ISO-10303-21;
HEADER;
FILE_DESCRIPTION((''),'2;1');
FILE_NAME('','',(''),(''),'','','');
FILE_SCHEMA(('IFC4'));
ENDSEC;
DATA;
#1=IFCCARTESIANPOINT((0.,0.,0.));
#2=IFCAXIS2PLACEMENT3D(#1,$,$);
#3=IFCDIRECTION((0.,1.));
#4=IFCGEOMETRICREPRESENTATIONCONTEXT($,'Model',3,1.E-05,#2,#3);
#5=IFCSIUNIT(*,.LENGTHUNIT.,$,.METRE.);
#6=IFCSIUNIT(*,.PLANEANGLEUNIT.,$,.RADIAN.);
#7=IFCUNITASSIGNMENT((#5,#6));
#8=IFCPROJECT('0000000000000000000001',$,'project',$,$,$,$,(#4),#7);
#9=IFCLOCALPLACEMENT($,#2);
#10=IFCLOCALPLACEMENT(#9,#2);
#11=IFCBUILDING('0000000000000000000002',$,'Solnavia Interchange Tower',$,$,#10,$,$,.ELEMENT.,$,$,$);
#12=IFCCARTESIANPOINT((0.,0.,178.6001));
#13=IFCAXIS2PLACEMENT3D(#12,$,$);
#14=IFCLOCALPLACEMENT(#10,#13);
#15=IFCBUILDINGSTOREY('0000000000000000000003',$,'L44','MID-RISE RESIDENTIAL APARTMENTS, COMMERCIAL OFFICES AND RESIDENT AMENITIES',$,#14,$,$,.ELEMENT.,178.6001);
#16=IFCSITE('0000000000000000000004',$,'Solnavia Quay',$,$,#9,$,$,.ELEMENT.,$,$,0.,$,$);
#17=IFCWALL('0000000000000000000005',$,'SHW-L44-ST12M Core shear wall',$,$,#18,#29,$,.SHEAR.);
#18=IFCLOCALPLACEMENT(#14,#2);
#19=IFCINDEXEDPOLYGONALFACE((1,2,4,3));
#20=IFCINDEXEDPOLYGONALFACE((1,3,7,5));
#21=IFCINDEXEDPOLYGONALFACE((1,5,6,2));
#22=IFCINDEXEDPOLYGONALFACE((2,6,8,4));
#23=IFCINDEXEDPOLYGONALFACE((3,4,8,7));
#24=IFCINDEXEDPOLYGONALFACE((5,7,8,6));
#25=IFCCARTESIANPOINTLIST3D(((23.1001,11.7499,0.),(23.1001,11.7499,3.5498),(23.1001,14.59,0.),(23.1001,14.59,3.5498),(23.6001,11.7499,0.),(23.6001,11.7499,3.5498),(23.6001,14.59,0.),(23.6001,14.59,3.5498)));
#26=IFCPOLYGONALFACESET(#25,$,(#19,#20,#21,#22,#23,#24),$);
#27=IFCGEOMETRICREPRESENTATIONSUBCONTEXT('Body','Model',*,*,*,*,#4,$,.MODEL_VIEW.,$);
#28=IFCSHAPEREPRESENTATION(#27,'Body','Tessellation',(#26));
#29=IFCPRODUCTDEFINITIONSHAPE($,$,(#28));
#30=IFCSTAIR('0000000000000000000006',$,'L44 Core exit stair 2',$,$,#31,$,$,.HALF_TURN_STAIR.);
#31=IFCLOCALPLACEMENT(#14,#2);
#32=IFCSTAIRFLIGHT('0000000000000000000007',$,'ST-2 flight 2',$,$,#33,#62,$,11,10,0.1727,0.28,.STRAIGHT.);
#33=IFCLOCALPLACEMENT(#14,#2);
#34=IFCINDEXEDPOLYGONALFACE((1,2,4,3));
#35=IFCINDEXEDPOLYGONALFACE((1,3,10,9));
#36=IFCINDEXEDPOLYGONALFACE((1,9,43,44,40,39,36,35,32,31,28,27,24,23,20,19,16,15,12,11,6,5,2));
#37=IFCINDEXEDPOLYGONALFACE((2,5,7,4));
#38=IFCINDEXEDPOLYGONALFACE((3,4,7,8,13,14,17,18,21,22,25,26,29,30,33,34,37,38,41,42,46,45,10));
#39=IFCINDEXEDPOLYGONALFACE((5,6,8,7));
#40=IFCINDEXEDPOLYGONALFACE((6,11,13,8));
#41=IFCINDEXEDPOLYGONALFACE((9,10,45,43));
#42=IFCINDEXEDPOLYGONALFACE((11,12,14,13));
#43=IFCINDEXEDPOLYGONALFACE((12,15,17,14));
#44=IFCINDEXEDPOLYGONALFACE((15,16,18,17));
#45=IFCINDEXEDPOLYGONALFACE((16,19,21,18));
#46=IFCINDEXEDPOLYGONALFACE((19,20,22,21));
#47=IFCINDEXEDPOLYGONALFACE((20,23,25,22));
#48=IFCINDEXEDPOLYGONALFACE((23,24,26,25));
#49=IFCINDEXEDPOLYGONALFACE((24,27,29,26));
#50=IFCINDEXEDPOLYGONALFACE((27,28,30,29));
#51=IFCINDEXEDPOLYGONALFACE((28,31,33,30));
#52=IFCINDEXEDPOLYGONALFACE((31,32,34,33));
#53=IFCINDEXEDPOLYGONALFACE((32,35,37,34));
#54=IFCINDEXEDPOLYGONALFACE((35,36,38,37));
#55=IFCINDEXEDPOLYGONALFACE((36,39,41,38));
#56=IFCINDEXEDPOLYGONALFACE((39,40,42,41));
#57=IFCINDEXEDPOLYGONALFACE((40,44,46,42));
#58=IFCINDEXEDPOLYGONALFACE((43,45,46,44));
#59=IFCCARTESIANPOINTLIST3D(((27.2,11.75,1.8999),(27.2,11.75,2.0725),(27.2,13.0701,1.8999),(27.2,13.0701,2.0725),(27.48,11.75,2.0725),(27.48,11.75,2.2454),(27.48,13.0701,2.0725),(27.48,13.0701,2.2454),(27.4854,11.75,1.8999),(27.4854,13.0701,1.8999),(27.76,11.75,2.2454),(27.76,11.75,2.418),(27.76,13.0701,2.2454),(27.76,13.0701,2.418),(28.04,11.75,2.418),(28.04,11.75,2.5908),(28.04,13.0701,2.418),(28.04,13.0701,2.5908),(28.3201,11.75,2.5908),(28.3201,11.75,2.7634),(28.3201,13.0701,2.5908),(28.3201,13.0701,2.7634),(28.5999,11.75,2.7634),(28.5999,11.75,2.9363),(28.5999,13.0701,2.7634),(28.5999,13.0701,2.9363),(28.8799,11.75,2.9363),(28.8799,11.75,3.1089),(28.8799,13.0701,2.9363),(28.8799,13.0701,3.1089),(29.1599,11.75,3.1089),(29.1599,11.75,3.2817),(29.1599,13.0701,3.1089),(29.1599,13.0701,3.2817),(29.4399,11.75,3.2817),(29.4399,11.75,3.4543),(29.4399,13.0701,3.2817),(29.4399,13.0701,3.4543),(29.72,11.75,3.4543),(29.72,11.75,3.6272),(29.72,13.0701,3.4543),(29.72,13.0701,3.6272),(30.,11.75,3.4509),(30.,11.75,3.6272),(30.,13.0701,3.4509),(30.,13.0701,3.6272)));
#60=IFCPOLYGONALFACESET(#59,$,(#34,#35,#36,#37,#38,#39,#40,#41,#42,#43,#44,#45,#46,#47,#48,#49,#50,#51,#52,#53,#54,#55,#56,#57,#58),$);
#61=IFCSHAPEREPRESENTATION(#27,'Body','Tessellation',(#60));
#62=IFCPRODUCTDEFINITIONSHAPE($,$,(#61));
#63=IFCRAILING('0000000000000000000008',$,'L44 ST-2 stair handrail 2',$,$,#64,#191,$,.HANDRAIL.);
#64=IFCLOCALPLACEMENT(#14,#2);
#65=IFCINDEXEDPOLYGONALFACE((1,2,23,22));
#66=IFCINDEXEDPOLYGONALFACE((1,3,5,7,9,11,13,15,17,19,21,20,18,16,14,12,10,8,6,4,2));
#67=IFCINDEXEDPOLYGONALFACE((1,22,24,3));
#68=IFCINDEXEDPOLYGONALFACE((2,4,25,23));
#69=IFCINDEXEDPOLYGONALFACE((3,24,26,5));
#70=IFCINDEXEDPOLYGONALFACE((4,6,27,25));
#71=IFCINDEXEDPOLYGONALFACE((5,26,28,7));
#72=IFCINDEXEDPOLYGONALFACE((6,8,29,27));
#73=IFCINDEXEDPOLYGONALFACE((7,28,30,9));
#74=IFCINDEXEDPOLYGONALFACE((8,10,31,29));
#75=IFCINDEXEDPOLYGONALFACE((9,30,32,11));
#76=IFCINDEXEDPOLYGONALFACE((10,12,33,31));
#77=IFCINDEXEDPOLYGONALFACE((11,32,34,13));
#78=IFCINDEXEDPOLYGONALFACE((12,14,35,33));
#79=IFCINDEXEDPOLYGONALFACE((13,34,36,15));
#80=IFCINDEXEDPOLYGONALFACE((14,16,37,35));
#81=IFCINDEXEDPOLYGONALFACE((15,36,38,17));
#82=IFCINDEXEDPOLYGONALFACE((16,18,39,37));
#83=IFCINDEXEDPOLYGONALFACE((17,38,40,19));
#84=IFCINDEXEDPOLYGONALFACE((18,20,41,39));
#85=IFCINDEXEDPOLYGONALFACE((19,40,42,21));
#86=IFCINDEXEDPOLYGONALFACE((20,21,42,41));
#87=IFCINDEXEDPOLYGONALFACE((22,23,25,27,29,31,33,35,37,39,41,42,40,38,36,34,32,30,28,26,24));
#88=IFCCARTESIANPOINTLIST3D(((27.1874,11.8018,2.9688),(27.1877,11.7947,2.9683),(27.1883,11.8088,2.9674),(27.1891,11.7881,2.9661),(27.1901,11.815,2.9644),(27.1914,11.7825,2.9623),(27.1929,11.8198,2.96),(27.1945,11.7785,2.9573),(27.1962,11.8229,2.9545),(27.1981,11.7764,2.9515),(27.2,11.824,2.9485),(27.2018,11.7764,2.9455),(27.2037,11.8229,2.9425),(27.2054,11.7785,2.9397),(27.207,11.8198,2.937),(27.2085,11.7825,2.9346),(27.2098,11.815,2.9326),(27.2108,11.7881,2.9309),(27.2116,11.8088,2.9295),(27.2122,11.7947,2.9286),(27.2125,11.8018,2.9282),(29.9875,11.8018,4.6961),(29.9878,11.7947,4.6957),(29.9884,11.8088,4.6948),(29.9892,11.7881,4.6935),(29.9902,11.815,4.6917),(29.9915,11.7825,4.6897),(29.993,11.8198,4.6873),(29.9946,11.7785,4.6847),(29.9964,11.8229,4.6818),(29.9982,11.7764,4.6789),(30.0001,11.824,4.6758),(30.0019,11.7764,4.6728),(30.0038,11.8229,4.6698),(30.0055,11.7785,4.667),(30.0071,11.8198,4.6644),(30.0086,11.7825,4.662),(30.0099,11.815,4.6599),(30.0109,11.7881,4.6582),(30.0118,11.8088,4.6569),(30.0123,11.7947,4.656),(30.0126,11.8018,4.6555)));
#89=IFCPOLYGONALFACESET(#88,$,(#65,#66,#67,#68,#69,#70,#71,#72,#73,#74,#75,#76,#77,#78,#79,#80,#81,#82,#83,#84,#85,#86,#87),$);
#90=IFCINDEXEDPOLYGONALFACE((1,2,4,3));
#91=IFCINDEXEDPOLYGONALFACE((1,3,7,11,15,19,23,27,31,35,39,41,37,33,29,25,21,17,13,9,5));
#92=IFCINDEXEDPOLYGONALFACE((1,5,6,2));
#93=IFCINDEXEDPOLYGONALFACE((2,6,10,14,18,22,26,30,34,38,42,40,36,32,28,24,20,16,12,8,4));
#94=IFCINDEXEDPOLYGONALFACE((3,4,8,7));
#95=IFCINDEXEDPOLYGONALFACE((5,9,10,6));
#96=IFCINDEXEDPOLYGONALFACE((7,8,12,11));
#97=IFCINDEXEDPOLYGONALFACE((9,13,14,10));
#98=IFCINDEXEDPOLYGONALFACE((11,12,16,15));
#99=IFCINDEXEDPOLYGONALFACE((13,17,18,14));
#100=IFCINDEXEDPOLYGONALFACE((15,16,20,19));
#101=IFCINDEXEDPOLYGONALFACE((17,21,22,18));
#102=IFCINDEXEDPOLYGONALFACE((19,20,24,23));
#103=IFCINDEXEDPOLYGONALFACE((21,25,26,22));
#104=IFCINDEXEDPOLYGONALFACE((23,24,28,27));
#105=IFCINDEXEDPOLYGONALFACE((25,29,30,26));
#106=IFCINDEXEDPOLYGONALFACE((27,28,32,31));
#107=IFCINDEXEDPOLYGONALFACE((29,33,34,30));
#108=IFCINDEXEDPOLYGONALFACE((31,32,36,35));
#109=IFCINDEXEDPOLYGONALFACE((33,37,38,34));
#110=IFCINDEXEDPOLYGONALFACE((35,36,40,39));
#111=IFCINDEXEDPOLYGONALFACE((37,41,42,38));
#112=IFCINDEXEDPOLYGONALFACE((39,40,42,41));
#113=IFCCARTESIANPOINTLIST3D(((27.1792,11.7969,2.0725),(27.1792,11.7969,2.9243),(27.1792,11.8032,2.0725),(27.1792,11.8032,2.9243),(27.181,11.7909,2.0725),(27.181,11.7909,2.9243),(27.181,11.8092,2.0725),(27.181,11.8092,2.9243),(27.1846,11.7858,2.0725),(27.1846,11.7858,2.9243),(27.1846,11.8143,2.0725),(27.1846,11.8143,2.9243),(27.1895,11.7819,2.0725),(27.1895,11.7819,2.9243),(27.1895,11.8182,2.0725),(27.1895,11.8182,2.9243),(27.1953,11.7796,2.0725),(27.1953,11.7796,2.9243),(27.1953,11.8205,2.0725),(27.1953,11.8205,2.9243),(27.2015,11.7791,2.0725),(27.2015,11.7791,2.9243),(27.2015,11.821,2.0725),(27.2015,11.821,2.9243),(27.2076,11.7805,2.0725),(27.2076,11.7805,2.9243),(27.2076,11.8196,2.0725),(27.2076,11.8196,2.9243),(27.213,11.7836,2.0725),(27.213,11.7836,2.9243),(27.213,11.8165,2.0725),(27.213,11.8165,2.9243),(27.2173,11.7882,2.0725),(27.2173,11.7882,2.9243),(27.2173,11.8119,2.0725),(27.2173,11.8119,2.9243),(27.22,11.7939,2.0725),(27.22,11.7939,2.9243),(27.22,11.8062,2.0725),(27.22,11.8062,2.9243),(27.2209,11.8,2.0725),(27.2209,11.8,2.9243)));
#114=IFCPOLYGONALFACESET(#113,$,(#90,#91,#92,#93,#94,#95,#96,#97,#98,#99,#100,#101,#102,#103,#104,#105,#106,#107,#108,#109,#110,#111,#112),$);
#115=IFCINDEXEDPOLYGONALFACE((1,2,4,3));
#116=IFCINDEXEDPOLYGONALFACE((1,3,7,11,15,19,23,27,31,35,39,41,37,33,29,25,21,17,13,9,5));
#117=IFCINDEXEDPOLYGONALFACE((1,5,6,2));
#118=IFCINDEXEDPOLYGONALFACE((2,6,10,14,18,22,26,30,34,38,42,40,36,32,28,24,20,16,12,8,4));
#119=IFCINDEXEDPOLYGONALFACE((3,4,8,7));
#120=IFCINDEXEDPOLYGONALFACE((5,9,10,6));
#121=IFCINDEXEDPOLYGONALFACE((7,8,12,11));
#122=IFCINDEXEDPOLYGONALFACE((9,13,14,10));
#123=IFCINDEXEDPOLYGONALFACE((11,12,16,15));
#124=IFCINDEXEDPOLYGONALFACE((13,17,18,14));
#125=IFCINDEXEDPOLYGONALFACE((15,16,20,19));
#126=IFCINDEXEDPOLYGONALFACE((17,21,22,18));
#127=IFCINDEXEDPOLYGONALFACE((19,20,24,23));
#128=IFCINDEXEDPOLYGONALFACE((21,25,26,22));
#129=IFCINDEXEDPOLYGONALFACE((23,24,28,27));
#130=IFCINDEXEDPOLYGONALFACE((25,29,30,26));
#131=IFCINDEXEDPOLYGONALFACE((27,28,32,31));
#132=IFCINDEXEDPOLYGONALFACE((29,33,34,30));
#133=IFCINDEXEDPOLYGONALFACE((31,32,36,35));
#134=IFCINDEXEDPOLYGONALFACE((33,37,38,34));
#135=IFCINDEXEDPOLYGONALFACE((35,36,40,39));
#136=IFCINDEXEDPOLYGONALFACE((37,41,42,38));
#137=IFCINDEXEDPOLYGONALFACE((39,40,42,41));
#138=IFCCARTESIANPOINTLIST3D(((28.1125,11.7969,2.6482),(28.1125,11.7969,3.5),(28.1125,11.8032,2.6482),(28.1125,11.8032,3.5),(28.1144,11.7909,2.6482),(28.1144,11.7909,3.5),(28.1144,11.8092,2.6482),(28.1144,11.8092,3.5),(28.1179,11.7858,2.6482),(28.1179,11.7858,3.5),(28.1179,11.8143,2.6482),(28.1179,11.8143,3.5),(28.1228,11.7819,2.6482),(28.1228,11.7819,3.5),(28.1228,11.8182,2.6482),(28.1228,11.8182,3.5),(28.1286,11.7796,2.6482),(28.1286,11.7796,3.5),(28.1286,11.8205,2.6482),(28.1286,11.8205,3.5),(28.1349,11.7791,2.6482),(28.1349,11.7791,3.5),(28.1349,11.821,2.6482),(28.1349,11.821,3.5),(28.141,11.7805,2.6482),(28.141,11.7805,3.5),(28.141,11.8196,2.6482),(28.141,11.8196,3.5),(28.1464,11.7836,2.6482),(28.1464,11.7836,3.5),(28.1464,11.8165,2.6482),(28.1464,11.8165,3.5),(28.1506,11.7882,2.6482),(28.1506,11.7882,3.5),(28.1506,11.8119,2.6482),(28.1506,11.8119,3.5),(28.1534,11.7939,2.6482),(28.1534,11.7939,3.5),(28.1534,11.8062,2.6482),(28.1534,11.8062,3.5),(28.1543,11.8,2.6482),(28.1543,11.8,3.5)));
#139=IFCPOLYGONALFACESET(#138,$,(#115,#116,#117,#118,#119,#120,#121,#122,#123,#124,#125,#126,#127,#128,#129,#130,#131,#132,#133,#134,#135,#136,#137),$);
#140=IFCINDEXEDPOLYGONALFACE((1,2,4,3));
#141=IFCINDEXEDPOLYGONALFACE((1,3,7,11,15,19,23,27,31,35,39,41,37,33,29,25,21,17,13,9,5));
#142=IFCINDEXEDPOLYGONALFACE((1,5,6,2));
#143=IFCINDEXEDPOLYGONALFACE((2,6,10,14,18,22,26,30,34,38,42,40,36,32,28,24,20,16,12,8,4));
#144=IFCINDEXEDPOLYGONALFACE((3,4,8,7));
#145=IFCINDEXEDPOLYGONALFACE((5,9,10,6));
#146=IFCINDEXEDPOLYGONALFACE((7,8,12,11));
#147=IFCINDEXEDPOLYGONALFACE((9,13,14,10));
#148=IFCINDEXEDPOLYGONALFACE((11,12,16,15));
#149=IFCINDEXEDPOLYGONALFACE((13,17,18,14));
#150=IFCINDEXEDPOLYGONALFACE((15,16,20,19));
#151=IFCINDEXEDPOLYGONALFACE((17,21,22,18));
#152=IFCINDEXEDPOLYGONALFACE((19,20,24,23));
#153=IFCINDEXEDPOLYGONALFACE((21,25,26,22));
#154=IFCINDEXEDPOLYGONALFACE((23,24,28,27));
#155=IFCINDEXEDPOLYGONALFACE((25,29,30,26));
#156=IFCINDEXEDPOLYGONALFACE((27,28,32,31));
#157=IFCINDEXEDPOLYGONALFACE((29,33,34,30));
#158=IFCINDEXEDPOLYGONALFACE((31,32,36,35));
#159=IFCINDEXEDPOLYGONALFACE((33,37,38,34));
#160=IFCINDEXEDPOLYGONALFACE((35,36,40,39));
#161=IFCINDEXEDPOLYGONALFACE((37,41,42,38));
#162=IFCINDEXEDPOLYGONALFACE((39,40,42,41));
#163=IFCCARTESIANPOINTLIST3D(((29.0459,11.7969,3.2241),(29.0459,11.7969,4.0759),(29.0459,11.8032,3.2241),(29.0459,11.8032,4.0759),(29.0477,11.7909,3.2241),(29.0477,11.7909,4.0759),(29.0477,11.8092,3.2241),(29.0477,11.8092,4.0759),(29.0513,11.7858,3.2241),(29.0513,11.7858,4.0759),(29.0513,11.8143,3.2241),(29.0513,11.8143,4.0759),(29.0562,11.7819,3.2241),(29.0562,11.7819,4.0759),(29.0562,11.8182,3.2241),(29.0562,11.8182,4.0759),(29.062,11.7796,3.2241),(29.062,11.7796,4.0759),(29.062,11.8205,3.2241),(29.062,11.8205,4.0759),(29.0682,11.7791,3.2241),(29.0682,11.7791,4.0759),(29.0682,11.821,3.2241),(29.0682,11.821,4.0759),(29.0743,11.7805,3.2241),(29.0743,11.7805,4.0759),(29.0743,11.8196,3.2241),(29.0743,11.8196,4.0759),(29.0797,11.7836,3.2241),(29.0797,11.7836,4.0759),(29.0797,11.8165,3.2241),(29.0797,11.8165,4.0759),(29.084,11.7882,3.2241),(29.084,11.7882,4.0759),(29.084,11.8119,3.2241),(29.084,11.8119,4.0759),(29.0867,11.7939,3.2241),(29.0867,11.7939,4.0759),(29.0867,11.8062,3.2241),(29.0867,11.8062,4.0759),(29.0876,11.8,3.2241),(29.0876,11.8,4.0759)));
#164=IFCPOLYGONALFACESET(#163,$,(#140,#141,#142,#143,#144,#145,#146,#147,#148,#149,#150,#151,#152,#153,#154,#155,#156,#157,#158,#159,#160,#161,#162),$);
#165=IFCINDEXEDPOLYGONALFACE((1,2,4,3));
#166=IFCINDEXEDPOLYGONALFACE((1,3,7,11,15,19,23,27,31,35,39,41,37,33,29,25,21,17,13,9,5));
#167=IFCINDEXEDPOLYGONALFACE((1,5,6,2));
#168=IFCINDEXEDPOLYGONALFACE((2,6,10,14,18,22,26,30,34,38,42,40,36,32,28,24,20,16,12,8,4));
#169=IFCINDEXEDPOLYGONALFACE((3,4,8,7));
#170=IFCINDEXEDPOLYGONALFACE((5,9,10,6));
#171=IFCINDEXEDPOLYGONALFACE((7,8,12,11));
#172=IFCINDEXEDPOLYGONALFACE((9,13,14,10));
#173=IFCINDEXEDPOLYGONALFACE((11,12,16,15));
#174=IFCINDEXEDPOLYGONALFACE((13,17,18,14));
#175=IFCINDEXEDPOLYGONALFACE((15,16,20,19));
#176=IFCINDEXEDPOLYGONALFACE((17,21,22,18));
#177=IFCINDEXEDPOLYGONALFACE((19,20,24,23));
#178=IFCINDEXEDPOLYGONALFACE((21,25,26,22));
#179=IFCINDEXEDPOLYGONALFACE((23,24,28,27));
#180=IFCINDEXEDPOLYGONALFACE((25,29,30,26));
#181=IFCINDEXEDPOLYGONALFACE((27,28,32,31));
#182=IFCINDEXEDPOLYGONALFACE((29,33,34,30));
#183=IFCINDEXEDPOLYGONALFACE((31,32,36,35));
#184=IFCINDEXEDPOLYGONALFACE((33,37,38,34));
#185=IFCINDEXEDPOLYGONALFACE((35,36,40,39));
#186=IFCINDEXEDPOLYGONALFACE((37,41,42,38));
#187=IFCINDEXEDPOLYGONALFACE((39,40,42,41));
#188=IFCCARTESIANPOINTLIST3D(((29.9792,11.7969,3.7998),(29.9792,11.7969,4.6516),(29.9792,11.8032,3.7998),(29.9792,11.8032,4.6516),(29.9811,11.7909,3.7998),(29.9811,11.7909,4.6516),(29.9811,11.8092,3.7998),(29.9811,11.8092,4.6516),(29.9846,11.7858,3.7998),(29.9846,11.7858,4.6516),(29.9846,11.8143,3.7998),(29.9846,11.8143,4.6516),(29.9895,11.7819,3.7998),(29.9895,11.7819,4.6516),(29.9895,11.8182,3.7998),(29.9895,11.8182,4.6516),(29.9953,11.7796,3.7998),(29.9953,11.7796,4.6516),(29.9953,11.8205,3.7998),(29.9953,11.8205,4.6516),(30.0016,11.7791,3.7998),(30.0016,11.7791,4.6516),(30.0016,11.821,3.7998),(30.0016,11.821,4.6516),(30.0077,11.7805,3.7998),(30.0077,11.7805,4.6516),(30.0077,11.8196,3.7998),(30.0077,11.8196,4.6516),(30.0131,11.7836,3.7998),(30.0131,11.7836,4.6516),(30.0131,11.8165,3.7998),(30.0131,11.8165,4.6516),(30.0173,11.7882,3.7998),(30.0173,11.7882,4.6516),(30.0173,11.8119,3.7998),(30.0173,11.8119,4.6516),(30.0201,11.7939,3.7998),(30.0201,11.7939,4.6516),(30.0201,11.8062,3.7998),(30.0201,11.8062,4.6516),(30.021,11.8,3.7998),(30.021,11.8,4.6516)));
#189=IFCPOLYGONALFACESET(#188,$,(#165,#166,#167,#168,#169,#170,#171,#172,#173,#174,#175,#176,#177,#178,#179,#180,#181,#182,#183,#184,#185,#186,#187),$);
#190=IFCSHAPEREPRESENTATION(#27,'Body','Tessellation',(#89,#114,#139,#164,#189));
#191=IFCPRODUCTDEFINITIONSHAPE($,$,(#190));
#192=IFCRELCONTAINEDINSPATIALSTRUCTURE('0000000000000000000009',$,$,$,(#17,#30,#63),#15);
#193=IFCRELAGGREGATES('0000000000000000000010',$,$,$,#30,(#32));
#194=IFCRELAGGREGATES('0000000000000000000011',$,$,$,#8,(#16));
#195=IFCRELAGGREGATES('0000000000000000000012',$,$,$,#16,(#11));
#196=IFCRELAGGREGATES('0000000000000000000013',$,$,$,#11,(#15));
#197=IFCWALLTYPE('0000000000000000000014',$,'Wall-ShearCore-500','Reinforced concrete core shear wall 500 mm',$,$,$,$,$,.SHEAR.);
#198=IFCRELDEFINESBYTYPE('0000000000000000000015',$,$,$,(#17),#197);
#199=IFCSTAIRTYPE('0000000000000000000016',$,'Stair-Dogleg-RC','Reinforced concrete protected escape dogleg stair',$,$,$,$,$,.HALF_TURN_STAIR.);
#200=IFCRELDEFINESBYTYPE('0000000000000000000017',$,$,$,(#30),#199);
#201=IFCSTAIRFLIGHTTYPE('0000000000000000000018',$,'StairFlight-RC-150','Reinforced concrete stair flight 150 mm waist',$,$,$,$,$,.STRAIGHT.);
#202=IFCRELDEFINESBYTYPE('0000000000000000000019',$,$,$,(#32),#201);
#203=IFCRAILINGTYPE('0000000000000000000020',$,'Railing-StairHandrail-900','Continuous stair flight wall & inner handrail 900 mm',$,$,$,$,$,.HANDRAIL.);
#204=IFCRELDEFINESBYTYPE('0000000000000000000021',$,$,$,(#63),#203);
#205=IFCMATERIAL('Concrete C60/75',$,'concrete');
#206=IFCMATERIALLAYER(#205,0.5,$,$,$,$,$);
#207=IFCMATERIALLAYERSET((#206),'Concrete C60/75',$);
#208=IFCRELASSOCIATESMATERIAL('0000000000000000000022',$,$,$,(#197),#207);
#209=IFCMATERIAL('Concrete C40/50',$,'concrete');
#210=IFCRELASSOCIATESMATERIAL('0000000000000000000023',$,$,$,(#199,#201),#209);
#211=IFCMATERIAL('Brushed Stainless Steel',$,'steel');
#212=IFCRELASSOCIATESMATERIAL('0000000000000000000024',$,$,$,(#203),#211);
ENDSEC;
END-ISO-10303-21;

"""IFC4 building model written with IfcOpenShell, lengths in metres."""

from ifc_helpers import new_model, si_unit, direction, frame, frame_2d, origin, origin_2d, place, context, subcontext, project, spatial, polyline, rectangle, circle, outline, extrude, material, layer, layer_set, type_object, element, aggregate, save


model = new_model("IFC4")

# Units and contexts
model_context = context("Model", 3, precision=1e-05, world=origin(), true_north=direction((0.0, 1.0)))
body_context = subcontext(model_context, "Body", "Model", "MODEL_VIEW")
ifc_project = project(units=[si_unit("LENGTHUNIT", "METRE"), si_unit("PLANEANGLEUNIT", "RADIAN")], contexts=[model_context])

# Site, building, storey
site_placement = place(None, origin())
site = spatial("IfcSite", under=ifc_project, at=site_placement, Name="Solnavia Quay", CompositionType="ELEMENT", RefElevation=0.0)
building_placement = place(site_placement, origin())
building = spatial("IfcBuilding", under=site, at=building_placement, Name="Solnavia Interchange Tower", CompositionType="ELEMENT")
storey_placement = place(building_placement, frame((0.0, 0.0, 178.6001)))
storey = spatial("IfcBuildingStorey", under=building, at=storey_placement, Name="L44", Description="MID-RISE RESIDENTIAL APARTMENTS, COMMERCIAL OFFICES AND RESIDENT AMENITIES", CompositionType="ELEMENT", Elevation=178.6001)

# Shared definitions
ifc_material_1 = material(Name="Concrete C40/50", Category="concrete")

# Shared definitions
ifc_material_2 = material(Name="Concrete C60/75", Category="concrete")
ifc_layer_1 = layer(ifc_material_2, 0.5)
ifc_layer_set_1 = layer_set([ifc_layer_1], Name="Concrete C60/75")
wall_type_1 = type_object("IfcWallType", Name="Wall-ShearCore-500", Description="Reinforced concrete core shear wall 500 mm", PredefinedType="SHEAR", material=ifc_layer_set_1)

# Wall
wall_1_placement = place(storey_placement, frame((23.3501, 11.75, 0.0), z_axis=(0.0, 0.0, 1.0), x_axis=(0.0, 1.0, 0.0)))
element("IfcWall", 1, at=wall_1_placement, inside=storey, type_object=wall_type_1, Name="SHW-L44-ST12M Core shear wall", PredefinedType="SHEAR", context=body_context, shape_type="SweptSolid", body=[
    extrude(rectangle(XDim=2.8401, YDim=0.5, at=frame_2d((1.4199, 0.0))), origin(), (0.0, 0.0, 1.0), 3.5498),
])

# Stair, stair flight
stair_type = type_object("IfcStairType", Name="Stair-Dogleg-RC", Description="Reinforced concrete protected escape dogleg stair", PredefinedType="HALF_TURN_STAIR", material=ifc_material_1)
stair_placement = place(storey_placement, origin())
stair = element("IfcStair", 2, at=stair_placement, inside=storey, type_object=stair_type, Name="L44 Core exit stair 2", PredefinedType="HALF_TURN_STAIR")
stair_flight_type = type_object("IfcStairFlightType", Name="StairFlight-RC-150", Description="Reinforced concrete stair flight 150 mm waist", PredefinedType="STRAIGHT", material=ifc_material_1)
stair_flight_placement = place(storey_placement, frame((27.2, 12.4099, 1.8999), z_axis=(0.0, 0.0, 1.0), x_axis=(1.0, 0.0, 0.0)))
stair_flight = element("IfcStairFlight", 3, at=stair_flight_placement, type_object=stair_flight_type, Name="ST-2 flight 2", NumberOfRisers=11, NumberOfTreads=10, PredefinedType="STRAIGHT", RiserHeight=0.1727, TreadLength=0.28, context=body_context, shape_type="SweptSolid", body=[
    extrude(outline(polyline([(0.0, 0.0), (0.0, 0.1726), (0.28, 0.1726), (0.28, 0.3455), (0.5601, 0.3455), (0.5601, 0.5181), (0.8401, 0.5181), (0.8401, 0.6909), (1.1201, 0.6909), (1.1201, 0.8635), (1.3999, 0.8635), (1.3999, 1.0364), (1.6799, 1.0364), (1.6799, 1.209), (1.96, 1.209), (1.96, 1.3818), (2.24, 1.3818), (2.24, 1.5544), (2.52, 1.5544), (2.52, 1.7273), (2.8, 1.7273), (2.8, 1.8999), (2.8, 1.551), (0.2854, 0.0), (0.0, 0.0)])), frame((0.0, 0.6602, 0.0), z_axis=(0.0, -1.0, 0.0), x_axis=(1.0, 0.0, 0.0)), (0.0, 0.0, 1.0), 1.3201),
])
aggregate(stair, [stair_flight])

# Railing
ifc_material_3 = material(Name="Brushed Stainless Steel", Category="steel")
railing_type_1 = type_object("IfcRailingType", Name="Railing-StairHandrail-900", Description="Continuous stair flight wall & inner handrail 900 mm", PredefinedType="HANDRAIL", material=ifc_material_3)
railing_1_placement = place(storey_placement, frame((27.2, 11.8, 2.0725)))
element("IfcRailing", 4, at=railing_1_placement, inside=storey, type_object=railing_type_1, Name="L44 ST-2 stair handrail 2", PredefinedType="HANDRAIL", context=body_context, shape_type="SweptSolid", body=[
    extrude(circle(Radius=0.0239, at=origin_2d()), frame((0.0, 0.0, 0.876), z_axis=(0.85109, 0.0, 0.52502), x_axis=(0.0, 1.0, 0.0)), (0.0, 0.0, 1.0), 3.29),
    extrude(circle(Radius=0.021, at=origin_2d()), origin(), (0.0, 0.0, 1.0), 0.8518),
    extrude(circle(Radius=0.021, at=origin_2d()), frame((0.9333, 0.0, 0.5757)), (0.0, 0.0, 1.0), 0.8518),
    extrude(circle(Radius=0.021, at=origin_2d()), frame((1.8667, 0.0, 1.1516)), (0.0, 0.0, 1.0), 0.8518),
    extrude(circle(Radius=0.021, at=origin_2d()), frame((2.8, 0.0, 1.7273)), (0.0, 0.0, 1.0), 0.8518),
])

save(model, "model.ifc")
